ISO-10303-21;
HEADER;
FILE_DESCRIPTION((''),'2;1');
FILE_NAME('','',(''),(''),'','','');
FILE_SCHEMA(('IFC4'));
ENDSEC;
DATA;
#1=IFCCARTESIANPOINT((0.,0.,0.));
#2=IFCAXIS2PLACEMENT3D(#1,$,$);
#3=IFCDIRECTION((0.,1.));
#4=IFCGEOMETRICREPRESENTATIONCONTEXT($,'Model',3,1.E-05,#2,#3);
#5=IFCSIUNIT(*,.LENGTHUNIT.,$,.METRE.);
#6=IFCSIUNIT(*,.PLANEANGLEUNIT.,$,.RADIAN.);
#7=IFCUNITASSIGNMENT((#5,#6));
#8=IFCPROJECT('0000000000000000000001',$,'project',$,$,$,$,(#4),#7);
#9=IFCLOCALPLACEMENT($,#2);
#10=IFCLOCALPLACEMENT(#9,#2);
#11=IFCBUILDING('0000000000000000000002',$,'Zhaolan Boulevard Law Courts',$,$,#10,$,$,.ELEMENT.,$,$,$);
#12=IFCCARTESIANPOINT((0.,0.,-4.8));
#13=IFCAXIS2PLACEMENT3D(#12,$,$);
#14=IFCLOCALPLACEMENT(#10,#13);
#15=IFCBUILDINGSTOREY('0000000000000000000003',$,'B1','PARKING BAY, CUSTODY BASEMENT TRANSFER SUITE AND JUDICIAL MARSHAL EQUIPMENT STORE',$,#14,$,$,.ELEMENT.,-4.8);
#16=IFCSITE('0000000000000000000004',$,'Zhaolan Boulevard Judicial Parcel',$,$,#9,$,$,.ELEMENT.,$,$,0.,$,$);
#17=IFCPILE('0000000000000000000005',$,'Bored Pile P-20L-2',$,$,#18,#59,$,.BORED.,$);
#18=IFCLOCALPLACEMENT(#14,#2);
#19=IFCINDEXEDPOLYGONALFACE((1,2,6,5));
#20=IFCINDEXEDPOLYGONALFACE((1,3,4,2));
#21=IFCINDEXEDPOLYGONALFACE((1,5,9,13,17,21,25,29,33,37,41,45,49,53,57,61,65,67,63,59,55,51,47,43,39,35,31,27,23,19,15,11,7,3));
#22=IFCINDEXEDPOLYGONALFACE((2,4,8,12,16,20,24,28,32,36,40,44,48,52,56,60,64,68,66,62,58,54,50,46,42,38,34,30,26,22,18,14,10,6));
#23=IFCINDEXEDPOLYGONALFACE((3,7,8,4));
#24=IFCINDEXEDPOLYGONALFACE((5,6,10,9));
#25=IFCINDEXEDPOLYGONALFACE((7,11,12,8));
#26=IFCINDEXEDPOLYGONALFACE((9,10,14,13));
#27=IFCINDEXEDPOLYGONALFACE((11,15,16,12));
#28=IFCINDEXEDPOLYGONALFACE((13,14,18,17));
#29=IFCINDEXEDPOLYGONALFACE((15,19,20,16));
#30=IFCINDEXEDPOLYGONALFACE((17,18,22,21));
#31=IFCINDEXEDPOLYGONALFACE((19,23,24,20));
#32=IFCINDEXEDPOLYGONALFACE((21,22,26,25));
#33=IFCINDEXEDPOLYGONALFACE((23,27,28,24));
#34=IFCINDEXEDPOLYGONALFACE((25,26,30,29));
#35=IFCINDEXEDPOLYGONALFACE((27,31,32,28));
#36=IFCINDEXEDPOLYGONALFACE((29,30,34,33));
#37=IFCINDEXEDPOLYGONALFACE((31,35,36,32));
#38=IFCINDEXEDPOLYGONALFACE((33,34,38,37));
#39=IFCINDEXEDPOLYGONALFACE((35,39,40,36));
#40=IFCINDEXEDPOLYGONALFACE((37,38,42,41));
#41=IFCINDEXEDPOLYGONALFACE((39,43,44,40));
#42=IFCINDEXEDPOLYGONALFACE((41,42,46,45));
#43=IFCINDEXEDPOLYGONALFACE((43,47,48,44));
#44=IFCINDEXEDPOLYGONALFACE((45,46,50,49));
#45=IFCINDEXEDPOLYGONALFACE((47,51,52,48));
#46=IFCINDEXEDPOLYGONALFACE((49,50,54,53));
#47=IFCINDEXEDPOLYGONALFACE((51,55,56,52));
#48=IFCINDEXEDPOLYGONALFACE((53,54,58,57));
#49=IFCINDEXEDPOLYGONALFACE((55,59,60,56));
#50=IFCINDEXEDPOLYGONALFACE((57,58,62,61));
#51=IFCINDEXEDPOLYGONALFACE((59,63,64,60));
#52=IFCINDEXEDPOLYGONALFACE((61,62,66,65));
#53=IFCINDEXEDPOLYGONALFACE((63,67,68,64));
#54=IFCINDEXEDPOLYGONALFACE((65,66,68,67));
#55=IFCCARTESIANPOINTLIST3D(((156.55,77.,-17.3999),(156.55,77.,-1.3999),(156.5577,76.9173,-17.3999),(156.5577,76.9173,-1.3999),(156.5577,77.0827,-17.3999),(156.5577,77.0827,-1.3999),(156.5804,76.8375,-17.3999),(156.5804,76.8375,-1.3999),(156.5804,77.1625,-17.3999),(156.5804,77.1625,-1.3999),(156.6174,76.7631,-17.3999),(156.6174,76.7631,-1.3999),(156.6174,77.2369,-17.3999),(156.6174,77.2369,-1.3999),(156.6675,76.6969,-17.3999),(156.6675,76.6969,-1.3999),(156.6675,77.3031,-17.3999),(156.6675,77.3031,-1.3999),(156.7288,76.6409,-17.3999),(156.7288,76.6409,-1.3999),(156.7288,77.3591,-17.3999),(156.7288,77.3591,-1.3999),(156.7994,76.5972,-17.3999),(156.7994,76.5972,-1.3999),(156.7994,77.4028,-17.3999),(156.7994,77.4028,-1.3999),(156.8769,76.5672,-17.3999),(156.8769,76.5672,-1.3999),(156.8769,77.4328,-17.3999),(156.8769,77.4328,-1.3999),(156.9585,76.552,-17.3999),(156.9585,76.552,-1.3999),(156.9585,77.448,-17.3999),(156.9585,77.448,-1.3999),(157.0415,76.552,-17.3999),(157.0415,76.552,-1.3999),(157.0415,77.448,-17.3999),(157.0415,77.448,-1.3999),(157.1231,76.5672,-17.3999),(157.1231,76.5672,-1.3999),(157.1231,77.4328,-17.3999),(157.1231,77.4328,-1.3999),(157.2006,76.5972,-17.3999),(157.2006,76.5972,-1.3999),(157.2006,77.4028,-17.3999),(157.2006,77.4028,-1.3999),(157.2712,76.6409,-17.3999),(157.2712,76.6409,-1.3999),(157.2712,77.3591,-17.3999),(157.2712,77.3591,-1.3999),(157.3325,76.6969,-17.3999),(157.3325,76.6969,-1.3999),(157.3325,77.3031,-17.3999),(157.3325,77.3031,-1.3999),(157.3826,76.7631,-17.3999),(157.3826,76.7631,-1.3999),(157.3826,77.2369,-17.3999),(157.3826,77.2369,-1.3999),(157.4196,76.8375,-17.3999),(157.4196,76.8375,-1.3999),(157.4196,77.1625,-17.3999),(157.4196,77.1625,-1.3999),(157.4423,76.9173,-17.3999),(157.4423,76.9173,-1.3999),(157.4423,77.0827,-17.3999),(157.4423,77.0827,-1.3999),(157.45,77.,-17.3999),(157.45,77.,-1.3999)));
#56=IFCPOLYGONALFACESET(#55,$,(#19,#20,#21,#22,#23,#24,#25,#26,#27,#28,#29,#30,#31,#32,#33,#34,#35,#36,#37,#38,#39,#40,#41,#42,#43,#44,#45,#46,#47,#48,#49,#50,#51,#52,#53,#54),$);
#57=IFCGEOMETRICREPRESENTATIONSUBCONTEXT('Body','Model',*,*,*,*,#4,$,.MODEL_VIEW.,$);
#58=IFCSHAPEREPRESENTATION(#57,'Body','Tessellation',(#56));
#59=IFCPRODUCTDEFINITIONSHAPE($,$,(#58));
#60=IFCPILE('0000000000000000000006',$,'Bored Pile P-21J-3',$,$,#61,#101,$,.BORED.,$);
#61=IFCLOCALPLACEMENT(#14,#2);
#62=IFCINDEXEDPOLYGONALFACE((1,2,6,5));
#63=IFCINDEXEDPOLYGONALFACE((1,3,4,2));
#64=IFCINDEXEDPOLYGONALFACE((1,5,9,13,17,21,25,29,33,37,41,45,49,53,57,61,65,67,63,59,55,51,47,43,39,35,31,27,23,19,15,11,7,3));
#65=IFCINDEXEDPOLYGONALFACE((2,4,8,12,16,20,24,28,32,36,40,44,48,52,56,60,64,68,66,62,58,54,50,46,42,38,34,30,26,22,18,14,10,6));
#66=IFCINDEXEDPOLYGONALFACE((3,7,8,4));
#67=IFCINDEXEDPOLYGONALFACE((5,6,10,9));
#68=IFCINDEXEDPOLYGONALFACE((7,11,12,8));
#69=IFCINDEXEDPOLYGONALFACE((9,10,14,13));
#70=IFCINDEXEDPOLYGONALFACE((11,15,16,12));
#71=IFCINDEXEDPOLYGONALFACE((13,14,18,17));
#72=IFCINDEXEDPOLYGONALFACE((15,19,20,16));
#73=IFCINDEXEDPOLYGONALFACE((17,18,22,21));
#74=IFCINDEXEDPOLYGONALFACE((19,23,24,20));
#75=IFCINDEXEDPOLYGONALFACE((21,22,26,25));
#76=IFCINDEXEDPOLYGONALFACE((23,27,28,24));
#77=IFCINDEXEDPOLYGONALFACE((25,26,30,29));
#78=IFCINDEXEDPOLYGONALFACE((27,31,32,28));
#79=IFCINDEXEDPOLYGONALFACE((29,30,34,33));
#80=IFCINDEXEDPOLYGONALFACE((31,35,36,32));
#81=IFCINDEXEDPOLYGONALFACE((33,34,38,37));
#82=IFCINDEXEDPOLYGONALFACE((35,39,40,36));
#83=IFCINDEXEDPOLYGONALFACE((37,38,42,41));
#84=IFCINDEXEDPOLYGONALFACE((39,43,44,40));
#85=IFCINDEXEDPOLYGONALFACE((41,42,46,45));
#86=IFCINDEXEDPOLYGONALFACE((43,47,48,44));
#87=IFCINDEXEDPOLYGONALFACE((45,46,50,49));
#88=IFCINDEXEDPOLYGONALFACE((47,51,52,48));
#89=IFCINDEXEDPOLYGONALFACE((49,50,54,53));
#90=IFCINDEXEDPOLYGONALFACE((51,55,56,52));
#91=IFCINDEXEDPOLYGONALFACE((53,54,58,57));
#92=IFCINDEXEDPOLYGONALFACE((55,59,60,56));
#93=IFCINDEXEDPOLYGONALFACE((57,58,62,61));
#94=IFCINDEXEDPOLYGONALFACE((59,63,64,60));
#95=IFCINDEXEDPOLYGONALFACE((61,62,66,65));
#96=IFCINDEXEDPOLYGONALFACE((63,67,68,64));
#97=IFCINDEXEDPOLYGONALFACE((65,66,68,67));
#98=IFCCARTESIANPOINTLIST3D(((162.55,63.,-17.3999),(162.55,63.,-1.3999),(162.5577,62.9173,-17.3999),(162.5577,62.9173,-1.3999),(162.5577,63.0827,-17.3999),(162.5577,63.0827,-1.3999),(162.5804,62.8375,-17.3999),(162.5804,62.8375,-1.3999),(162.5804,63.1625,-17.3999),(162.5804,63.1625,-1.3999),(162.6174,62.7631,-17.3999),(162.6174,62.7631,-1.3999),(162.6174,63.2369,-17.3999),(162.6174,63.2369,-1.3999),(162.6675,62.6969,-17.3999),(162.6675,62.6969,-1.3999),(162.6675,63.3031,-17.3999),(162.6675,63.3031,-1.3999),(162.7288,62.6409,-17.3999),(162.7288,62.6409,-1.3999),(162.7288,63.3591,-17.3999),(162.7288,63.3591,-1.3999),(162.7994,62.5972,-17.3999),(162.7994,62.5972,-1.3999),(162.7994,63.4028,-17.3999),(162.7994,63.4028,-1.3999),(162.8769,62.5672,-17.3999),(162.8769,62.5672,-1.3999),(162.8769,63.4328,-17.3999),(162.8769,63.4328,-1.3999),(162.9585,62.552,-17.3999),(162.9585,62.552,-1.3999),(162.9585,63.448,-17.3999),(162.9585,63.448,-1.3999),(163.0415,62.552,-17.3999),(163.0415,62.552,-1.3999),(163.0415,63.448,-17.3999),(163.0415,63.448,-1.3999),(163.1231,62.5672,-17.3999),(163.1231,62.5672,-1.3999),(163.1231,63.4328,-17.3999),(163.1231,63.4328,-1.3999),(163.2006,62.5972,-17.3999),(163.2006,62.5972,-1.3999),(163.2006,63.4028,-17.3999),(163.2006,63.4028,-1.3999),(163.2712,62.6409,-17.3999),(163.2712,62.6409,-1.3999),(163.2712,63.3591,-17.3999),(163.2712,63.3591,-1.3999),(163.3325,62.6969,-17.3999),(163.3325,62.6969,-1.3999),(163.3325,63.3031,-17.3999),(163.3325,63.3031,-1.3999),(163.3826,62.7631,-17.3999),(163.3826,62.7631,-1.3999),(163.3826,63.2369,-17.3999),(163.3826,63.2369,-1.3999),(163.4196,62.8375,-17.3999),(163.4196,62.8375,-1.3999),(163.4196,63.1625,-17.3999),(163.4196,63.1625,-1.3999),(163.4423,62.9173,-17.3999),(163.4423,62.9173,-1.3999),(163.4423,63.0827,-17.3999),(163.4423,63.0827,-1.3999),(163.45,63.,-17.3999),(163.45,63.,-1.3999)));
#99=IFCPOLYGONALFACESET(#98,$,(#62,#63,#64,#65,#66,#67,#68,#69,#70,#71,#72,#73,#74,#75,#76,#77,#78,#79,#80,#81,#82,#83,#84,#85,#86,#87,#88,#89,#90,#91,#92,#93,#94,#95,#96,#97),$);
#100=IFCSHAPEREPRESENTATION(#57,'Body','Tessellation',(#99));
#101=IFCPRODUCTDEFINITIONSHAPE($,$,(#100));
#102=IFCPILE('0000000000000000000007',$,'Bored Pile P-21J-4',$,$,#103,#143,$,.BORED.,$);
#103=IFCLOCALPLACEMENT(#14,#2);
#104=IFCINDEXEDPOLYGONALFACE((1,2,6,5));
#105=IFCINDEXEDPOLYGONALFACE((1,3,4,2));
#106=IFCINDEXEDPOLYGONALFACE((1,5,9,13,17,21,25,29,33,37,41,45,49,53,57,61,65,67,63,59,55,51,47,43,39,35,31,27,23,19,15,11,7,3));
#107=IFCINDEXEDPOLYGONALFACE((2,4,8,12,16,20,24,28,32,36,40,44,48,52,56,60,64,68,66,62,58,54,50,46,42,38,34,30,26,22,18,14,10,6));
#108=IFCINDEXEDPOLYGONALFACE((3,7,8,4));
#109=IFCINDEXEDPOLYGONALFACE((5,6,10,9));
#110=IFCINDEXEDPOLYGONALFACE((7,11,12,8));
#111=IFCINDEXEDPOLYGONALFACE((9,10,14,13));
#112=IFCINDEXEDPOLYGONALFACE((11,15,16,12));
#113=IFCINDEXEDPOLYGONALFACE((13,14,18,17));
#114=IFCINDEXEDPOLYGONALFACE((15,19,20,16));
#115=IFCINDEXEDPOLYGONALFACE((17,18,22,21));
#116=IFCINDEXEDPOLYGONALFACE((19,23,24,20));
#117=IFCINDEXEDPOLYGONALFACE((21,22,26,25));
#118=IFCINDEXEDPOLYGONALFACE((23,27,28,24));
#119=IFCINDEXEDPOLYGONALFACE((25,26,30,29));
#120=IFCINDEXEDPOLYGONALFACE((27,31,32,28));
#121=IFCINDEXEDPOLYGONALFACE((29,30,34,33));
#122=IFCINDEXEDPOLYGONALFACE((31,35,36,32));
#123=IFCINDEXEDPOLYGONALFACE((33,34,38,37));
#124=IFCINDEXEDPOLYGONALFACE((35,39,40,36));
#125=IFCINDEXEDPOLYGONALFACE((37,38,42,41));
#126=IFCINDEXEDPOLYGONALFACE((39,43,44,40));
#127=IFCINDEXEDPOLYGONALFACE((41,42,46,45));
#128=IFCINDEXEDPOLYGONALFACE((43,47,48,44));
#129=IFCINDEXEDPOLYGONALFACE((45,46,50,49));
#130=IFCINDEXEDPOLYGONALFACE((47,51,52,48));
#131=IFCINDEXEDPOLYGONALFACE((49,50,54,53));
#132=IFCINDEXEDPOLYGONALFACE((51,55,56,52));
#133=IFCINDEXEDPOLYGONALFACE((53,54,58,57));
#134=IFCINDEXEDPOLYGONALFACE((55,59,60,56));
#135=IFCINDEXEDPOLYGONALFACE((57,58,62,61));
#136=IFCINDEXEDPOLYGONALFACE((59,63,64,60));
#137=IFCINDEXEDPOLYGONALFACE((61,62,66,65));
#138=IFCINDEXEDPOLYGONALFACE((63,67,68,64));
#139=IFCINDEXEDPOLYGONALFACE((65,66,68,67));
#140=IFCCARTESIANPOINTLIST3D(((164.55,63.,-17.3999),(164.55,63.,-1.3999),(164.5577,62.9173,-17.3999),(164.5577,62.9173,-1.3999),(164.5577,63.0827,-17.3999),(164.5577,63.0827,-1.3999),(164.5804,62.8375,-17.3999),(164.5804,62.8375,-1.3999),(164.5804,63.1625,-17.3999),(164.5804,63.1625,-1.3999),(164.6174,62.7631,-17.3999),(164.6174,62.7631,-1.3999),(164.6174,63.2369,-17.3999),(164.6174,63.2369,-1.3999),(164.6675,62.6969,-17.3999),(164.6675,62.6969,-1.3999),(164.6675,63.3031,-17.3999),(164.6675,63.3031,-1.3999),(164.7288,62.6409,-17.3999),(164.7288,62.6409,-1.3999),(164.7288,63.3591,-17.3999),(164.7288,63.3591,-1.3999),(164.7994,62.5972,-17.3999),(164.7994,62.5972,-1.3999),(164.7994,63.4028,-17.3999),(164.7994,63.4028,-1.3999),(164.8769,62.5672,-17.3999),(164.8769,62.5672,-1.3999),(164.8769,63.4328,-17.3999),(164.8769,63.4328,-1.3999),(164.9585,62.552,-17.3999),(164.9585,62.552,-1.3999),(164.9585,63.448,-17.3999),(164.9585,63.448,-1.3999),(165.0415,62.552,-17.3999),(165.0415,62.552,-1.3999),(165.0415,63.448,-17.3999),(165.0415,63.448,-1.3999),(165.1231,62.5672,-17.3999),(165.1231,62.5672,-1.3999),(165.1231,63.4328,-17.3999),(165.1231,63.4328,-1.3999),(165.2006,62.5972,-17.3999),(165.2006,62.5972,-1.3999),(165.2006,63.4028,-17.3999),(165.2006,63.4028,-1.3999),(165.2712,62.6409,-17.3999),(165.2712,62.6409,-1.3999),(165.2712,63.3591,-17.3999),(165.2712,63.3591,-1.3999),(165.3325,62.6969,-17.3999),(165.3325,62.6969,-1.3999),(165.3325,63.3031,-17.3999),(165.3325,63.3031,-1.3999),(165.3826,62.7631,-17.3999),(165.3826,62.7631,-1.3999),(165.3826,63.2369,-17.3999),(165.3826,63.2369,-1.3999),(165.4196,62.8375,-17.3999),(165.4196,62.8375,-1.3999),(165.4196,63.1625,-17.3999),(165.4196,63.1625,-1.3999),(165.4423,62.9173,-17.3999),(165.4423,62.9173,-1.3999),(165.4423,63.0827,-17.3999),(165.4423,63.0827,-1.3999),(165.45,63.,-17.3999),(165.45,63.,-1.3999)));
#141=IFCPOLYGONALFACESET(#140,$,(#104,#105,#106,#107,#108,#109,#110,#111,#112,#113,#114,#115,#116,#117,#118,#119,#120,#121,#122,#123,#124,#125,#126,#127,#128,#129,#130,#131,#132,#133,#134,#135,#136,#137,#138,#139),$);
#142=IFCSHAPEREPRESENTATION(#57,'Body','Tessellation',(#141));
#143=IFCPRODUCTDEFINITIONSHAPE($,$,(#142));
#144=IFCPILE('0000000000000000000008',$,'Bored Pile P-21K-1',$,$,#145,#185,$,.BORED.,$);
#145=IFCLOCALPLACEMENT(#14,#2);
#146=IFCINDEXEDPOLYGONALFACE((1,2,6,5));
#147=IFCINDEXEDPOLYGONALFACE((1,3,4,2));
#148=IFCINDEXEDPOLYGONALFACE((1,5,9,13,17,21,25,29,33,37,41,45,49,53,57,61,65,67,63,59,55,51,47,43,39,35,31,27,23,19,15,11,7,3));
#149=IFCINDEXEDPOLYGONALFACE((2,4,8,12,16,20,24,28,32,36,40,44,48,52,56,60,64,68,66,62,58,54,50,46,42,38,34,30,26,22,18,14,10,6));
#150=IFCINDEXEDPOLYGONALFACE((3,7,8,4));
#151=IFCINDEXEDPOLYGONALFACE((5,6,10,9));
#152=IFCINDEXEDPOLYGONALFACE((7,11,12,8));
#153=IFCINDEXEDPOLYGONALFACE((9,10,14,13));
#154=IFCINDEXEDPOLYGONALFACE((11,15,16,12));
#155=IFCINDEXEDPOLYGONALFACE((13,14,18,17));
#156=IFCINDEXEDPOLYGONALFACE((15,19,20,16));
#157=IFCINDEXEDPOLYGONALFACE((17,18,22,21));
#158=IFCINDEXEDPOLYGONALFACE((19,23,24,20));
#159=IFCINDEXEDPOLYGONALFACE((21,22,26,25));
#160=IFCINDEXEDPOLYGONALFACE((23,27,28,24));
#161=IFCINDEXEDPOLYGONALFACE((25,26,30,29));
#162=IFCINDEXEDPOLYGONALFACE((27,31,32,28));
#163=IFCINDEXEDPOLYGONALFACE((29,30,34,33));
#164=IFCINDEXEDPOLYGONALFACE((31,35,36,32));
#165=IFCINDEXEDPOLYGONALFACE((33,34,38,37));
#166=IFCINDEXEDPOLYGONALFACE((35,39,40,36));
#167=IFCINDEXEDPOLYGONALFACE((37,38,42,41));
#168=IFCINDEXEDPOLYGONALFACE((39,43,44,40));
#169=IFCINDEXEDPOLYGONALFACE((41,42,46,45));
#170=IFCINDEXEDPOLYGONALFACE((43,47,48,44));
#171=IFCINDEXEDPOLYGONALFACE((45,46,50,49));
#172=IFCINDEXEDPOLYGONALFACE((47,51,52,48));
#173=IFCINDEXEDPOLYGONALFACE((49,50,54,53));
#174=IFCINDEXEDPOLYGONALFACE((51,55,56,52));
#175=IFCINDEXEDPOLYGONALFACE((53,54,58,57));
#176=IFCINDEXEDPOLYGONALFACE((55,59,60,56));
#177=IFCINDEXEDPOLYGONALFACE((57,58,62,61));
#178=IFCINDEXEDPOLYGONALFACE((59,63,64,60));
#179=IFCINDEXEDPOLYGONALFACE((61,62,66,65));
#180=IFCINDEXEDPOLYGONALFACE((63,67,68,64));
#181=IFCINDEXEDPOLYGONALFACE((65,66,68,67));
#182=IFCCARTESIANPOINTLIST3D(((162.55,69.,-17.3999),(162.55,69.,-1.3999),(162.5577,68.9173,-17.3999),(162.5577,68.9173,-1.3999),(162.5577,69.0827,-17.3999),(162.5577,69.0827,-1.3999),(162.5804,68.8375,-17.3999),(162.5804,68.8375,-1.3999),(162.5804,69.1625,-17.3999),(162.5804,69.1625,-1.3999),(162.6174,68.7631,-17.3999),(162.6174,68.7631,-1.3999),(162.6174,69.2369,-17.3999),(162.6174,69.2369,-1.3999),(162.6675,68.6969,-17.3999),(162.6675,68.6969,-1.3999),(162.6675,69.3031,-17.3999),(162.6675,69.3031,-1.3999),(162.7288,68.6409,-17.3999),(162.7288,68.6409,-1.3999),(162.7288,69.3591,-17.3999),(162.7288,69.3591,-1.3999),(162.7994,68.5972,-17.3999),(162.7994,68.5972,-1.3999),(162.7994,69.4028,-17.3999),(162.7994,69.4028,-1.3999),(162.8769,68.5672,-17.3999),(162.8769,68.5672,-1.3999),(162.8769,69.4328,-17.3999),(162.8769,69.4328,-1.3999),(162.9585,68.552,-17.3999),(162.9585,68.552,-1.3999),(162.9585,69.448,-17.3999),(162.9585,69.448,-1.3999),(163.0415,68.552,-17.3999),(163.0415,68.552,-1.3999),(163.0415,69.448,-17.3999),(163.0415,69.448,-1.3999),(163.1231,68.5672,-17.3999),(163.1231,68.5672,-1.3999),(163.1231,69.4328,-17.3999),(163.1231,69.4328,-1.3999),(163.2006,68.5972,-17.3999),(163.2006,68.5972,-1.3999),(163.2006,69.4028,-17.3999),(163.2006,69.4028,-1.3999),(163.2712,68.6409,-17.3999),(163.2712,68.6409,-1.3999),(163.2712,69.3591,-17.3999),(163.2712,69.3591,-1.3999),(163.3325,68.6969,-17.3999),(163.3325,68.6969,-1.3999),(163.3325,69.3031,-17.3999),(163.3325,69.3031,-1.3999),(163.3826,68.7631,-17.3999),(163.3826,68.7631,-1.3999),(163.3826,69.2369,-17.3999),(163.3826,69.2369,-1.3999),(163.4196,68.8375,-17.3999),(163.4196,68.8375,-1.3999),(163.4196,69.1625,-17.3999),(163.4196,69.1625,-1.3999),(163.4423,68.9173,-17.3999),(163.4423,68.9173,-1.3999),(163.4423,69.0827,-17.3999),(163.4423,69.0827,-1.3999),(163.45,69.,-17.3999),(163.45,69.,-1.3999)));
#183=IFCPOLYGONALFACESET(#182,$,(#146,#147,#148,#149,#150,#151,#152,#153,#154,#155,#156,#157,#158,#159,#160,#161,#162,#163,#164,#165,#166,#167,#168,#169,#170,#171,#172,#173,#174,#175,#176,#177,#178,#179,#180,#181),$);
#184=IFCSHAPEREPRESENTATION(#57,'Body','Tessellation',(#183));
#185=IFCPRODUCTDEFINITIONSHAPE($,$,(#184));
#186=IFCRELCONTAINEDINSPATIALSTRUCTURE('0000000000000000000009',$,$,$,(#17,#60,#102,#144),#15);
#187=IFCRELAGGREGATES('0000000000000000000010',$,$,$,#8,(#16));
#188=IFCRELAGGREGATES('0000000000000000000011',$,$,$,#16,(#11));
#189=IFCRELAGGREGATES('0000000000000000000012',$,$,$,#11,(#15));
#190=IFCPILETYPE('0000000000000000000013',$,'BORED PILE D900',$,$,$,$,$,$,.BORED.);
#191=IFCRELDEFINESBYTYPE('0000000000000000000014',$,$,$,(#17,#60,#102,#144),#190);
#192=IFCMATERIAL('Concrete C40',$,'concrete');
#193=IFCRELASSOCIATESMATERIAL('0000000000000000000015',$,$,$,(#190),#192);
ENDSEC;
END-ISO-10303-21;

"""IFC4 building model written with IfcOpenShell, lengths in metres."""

from ifc_helpers import new_model, si_unit, direction, frame, origin, origin_2d, place, context, subcontext, project, spatial, circle, extrude, material, material_profile, profile_set, type_object, element, save


model = new_model("IFC4")

# Units and contexts
model_context = context("Model", 3, precision=1e-05, world=origin(), true_north=direction((0.0, 1.0)))
body_context = subcontext(model_context, "Body", "Model", "MODEL_VIEW")
ifc_project = project(units=[si_unit("LENGTHUNIT", "METRE"), si_unit("PLANEANGLEUNIT", "RADIAN")], contexts=[model_context])

# Site, building, storey
site_placement = place(None, origin())
site = spatial("IfcSite", under=ifc_project, at=site_placement, Name="Zhaolan Boulevard Judicial Parcel", CompositionType="ELEMENT", RefElevation=0.0)
building_placement = place(site_placement, origin())
building = spatial("IfcBuilding", under=site, at=building_placement, Name="Zhaolan Boulevard Law Courts", CompositionType="ELEMENT")
storey_placement = place(building_placement, frame((0.0, 0.0, -4.8)))
storey = spatial("IfcBuildingStorey", under=building, at=storey_placement, Name="B1", Description="PARKING BAY, CUSTODY BASEMENT TRANSFER SUITE AND JUDICIAL MARSHAL EQUIPMENT STORE", CompositionType="ELEMENT", Elevation=-4.8)

# Piles
ifc_material_1 = material(Name="Concrete C40", Category="concrete")
ifc_material_profile_1 = material_profile(ifc_material_1, circle(Radius=0.45, at=origin_2d()), Name="PILE-D900")
ifc_profile_set_1 = profile_set([ifc_material_profile_1], Name="Concrete C40")
pile_type = type_object("IfcPileType", Name="BORED PILE D900", PredefinedType="BORED", material=ifc_profile_set_1)
for number, where, z_axis, x_axis, name in (
    (1, (157.0, 77.0, -1.3999), (0.0, 0.0, -1.0), (1.0, 0.0, 0.0), "Bored Pile P-20L-2"),
    (2, (163.0, 63.0, -1.3999), (0.0, 0.0, -1.0), (1.0, 0.0, 0.0), "Bored Pile P-21J-3"),
    (3, (165.0, 63.0, -1.3999), (0.0, 0.0, -1.0), (1.0, 0.0, 0.0), "Bored Pile P-21J-4"),
    (4, (163.0, 69.0, -1.3999), (0.0, 0.0, -1.0), (1.0, 0.0, 0.0), "Bored Pile P-21K-1"),
):
    element("IfcPile", number, at=place(storey_placement, frame(where, z_axis=z_axis, x_axis=x_axis)), inside=storey, type_object=pile_type, Name=name, PredefinedType="BORED", context=body_context, shape_type="SweptSolid", body=[
        extrude(circle(Radius=0.45, at=origin_2d()), origin(), (0.0, 0.0, 1.0), 16.0),
    ])

save(model, "model.ifc")
